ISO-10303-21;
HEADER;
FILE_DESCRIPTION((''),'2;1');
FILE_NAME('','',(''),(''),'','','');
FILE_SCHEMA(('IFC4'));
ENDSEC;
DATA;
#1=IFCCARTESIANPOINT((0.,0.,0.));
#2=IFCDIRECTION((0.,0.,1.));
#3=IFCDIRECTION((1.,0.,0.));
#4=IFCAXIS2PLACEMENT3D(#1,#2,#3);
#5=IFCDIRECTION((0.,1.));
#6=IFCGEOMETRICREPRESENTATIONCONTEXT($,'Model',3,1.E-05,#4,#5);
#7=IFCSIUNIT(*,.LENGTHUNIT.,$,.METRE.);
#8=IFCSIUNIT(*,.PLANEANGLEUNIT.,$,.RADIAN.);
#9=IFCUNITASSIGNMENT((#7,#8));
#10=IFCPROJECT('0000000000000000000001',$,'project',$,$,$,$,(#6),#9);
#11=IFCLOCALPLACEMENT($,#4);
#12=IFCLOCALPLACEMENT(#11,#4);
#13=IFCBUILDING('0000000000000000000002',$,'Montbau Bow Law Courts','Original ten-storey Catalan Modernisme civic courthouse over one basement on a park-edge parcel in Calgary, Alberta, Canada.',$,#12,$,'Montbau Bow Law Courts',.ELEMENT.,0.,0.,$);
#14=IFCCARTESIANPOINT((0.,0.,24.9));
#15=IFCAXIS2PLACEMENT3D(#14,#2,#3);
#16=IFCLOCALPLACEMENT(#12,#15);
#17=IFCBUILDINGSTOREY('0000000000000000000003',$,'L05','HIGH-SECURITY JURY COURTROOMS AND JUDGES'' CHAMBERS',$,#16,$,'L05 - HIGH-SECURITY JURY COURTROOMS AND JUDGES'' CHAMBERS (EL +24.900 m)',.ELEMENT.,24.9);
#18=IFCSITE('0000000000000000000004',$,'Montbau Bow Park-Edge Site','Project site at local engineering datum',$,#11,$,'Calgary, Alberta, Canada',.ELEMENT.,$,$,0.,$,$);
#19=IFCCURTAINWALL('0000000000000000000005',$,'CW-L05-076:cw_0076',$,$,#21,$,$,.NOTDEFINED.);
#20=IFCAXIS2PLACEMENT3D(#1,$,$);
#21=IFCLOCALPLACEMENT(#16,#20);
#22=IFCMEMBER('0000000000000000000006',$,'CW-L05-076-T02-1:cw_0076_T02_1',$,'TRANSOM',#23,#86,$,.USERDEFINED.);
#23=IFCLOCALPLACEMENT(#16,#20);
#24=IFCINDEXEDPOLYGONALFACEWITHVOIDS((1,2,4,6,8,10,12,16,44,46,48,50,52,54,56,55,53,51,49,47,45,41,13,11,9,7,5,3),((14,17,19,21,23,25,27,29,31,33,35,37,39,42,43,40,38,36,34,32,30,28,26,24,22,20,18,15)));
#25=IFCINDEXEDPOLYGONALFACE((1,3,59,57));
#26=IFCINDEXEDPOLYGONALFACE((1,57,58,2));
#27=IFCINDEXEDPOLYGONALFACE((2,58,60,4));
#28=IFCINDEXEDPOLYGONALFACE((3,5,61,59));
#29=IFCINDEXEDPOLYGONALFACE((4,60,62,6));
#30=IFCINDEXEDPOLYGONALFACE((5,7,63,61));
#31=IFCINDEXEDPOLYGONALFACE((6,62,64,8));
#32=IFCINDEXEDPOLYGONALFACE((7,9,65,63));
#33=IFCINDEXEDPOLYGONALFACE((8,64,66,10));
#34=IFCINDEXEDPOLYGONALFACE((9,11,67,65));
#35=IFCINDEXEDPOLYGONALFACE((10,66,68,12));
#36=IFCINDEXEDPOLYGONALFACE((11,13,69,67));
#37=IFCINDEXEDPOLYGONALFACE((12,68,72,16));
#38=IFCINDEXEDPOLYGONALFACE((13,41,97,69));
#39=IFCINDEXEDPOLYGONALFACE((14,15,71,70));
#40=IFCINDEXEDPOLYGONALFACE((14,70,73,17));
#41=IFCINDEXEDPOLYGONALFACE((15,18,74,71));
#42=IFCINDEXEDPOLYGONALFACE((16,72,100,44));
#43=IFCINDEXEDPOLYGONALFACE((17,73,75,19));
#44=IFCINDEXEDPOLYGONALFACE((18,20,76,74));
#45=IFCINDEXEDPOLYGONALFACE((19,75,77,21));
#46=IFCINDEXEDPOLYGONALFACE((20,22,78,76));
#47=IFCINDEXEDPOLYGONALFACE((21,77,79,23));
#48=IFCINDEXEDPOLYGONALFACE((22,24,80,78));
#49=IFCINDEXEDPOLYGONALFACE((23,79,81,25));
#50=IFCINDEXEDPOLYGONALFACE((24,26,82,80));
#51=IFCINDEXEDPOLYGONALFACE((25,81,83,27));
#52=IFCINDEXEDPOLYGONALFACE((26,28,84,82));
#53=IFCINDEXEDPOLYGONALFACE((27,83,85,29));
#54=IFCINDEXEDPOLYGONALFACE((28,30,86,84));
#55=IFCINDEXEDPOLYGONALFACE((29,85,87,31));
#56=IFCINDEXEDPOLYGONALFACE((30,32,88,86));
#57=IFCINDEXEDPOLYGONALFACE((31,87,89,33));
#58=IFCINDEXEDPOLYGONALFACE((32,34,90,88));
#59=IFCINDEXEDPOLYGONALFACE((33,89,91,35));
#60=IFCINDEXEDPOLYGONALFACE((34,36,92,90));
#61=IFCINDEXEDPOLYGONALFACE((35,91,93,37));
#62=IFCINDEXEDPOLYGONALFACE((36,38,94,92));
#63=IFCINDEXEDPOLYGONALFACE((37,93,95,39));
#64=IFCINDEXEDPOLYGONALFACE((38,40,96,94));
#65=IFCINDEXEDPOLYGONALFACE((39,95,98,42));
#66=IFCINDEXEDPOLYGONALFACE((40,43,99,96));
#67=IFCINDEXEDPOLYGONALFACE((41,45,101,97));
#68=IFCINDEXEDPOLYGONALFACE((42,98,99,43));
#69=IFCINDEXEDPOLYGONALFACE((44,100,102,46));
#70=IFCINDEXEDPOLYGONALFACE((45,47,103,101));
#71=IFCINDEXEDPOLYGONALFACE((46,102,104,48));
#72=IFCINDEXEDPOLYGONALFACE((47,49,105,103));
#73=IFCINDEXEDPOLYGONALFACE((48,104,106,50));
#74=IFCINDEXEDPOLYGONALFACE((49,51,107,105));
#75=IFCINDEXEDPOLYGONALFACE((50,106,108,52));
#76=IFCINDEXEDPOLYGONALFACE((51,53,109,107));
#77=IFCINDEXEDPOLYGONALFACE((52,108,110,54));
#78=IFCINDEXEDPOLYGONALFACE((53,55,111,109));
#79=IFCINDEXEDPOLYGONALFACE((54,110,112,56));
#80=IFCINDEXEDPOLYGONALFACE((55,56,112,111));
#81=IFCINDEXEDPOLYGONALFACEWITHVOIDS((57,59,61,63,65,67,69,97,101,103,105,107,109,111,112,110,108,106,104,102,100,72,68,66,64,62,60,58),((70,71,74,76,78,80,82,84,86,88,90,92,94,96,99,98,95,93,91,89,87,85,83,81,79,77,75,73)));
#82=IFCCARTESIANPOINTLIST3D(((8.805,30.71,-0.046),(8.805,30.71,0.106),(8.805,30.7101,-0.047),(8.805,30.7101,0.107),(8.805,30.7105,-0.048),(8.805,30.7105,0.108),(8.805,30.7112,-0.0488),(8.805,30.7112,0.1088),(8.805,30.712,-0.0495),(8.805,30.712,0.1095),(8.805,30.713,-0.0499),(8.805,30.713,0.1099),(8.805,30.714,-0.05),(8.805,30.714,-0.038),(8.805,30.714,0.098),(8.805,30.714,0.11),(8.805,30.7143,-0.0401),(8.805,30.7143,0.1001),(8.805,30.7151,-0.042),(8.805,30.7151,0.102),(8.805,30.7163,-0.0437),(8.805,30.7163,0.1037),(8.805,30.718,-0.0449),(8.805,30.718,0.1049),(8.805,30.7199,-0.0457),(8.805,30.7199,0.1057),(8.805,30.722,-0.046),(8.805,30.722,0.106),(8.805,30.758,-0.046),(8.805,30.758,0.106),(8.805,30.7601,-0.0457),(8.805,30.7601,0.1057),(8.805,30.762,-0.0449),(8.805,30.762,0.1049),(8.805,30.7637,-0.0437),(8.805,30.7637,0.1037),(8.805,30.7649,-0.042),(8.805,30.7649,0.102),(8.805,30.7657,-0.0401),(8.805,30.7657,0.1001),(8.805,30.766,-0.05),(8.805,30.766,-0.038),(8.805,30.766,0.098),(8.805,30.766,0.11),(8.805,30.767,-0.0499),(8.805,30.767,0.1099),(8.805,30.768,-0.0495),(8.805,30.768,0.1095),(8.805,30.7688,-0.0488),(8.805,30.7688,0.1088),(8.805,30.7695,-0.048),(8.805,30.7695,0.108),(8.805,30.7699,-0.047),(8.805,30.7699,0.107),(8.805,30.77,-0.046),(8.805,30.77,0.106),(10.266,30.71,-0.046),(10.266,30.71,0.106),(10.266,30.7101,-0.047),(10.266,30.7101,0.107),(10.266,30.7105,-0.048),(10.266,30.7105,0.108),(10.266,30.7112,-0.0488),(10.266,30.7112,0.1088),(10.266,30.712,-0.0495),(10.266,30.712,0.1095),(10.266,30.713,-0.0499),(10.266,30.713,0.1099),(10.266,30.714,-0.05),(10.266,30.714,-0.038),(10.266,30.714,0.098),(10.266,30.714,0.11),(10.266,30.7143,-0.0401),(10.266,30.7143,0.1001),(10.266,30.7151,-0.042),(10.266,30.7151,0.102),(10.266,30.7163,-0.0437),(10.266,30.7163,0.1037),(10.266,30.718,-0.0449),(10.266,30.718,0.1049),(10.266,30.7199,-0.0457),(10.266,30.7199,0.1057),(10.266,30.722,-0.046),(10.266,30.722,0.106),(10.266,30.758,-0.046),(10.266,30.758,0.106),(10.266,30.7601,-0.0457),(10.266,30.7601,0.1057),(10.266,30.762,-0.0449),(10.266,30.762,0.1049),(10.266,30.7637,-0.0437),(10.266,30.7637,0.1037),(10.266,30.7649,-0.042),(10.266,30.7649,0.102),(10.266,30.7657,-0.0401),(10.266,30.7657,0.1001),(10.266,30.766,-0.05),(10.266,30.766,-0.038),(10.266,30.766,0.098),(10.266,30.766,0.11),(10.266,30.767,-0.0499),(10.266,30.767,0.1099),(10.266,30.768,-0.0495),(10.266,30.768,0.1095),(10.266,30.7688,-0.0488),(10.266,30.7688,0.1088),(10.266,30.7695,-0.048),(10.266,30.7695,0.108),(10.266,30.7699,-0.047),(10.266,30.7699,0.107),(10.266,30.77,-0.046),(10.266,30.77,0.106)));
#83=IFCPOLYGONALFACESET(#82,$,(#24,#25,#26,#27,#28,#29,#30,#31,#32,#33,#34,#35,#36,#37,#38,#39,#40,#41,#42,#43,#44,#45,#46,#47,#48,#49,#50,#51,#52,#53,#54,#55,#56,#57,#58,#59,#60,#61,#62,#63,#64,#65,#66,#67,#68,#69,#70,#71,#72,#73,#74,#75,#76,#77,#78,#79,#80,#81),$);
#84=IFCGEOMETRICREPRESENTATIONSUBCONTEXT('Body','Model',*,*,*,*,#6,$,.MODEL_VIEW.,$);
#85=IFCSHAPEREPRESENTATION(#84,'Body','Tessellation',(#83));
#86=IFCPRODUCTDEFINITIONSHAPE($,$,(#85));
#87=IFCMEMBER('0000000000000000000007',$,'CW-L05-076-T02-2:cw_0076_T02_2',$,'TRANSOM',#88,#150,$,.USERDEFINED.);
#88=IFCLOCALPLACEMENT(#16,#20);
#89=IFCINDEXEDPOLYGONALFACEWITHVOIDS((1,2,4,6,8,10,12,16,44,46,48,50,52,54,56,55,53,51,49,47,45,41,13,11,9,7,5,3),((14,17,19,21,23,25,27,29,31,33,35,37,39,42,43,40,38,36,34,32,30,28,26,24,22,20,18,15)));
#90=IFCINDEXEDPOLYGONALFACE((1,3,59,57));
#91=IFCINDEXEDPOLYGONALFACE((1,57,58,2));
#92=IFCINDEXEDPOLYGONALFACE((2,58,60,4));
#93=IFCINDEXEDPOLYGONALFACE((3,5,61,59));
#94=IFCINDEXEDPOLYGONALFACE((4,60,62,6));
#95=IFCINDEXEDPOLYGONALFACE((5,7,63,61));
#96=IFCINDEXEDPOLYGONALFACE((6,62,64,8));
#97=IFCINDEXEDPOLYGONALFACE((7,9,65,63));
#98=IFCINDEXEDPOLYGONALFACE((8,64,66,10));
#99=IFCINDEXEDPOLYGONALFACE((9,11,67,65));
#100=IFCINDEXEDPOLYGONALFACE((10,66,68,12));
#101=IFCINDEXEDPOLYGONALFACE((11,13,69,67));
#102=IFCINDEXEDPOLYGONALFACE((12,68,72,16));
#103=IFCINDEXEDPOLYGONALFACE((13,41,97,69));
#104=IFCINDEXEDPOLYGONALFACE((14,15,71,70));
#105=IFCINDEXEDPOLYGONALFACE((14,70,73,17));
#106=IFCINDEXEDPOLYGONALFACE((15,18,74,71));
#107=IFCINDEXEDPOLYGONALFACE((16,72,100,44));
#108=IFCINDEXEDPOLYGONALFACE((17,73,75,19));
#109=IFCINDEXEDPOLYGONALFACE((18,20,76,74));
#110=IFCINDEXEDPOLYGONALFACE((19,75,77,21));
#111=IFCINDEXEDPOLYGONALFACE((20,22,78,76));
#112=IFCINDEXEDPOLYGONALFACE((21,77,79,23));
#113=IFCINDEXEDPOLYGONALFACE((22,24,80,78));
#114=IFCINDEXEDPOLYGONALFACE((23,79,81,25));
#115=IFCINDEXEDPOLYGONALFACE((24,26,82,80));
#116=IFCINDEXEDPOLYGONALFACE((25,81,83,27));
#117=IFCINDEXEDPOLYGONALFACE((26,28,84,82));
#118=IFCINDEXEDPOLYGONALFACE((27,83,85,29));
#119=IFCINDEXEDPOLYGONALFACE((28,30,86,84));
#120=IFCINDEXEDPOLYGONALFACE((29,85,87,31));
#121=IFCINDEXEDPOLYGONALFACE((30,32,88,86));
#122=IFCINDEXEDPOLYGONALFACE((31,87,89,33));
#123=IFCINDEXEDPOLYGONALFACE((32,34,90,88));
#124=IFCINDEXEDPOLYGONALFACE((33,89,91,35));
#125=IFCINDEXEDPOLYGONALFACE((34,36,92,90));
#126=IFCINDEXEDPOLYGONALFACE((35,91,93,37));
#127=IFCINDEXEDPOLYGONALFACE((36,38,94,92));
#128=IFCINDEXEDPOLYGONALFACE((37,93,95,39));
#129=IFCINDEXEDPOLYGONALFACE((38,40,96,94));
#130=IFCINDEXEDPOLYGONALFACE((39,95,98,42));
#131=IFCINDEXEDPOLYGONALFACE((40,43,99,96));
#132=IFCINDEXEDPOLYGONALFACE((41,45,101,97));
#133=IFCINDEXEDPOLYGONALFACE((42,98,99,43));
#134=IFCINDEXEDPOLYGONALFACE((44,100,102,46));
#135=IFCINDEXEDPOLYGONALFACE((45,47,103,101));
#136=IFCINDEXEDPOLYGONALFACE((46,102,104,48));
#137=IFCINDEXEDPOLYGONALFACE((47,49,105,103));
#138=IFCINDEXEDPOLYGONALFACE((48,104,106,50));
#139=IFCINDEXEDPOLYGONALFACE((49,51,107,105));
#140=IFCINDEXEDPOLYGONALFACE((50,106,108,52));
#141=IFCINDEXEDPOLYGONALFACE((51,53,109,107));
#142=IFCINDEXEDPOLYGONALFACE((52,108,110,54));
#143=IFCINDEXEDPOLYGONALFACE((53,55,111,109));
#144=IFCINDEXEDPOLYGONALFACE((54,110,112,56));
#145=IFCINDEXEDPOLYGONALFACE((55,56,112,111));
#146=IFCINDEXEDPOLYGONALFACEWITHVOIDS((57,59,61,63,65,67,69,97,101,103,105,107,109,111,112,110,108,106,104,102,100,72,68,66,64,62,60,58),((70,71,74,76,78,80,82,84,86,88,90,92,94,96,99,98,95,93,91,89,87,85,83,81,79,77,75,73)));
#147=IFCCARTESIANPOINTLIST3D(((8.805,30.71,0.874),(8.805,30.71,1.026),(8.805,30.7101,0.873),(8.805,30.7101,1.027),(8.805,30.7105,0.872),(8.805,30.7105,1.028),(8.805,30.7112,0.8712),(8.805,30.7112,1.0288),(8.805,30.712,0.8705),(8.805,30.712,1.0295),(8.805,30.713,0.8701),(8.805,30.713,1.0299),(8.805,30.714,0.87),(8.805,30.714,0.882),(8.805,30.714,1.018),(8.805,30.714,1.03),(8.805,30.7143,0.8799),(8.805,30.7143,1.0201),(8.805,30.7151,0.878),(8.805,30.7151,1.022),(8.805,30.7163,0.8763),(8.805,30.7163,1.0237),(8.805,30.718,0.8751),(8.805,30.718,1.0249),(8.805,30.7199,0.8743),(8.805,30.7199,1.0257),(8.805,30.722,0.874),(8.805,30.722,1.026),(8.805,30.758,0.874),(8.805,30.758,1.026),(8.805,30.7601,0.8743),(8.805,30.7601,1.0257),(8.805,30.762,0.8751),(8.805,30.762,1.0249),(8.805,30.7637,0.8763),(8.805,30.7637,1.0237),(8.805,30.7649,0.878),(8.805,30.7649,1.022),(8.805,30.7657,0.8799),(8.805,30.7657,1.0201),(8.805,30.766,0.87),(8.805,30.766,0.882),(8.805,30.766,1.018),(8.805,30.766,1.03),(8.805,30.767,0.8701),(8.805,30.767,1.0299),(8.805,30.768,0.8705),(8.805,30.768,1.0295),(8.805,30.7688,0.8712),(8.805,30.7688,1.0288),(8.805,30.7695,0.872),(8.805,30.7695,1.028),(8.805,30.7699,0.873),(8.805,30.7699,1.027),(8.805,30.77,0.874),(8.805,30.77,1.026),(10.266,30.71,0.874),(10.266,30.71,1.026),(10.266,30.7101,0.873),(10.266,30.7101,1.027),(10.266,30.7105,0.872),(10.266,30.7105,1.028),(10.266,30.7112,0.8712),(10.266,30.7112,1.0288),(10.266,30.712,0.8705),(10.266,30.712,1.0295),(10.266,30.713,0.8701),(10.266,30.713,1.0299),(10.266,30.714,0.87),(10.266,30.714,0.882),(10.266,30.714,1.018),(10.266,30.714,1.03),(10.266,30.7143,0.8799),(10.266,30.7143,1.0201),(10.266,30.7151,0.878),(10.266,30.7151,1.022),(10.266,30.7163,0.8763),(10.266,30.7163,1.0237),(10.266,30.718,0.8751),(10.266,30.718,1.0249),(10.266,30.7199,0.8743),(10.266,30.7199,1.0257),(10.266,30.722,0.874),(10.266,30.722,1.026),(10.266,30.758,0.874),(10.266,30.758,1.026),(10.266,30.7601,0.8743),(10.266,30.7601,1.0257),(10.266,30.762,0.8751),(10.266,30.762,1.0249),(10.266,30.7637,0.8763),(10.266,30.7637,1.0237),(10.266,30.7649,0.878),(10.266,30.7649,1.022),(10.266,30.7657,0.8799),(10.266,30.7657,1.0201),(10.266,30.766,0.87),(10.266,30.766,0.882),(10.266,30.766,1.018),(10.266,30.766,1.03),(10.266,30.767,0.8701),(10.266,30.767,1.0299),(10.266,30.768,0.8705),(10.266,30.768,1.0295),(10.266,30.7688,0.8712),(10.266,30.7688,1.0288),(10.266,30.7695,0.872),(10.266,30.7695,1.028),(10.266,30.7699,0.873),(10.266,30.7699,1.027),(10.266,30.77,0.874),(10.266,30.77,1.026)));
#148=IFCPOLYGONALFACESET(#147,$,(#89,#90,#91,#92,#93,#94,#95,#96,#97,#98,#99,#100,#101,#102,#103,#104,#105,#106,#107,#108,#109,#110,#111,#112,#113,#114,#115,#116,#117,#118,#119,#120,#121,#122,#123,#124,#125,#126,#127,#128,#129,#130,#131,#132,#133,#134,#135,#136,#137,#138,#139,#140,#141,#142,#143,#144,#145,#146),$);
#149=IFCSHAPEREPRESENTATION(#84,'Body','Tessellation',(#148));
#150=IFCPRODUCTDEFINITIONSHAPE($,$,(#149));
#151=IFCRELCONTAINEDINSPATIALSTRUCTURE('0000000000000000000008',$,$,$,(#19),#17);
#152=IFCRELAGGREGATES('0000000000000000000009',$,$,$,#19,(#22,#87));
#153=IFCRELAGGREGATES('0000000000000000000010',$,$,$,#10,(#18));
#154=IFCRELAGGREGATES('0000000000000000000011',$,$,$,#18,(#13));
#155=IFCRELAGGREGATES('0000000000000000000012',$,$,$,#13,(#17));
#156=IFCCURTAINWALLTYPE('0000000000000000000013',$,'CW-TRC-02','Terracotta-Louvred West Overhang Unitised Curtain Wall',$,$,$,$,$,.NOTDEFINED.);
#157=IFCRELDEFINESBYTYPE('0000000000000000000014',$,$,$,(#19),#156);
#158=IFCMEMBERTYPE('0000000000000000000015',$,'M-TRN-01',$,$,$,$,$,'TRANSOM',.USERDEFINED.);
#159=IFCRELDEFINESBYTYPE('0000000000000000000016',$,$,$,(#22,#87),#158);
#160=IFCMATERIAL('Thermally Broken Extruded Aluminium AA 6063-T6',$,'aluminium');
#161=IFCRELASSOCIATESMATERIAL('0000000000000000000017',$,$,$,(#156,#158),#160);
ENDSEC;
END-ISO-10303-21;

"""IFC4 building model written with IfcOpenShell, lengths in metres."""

from ifc_helpers import new_model, si_unit, direction, frame, origin_with_axes, origin_2d_with_axis, place, context, subcontext, project, spatial, hollow_rectangle, extrude, material, material_profile, profile_set, type_object, element, aggregate, save


model = new_model("IFC4")

# Units and contexts
model_context = context("Model", 3, precision=1e-05, world=origin_with_axes(), true_north=direction((0.0, 1.0)))
body_context = subcontext(model_context, "Body", "Model", "MODEL_VIEW")
ifc_project = project(units=[si_unit("LENGTHUNIT", "METRE"), si_unit("PLANEANGLEUNIT", "RADIAN")], contexts=[model_context])

# Site, building, storey
site_placement = place(None, origin_with_axes())
site = spatial("IfcSite", under=ifc_project, at=site_placement, Name="Montbau Bow Park-Edge Site", Description="Project site at local engineering datum", LongName="Calgary, Alberta, Canada", CompositionType="ELEMENT", RefElevation=0.0)
building_placement = place(site_placement, origin_with_axes())
building = spatial("IfcBuilding", under=site, at=building_placement, Name="Montbau Bow Law Courts", Description="Original ten-storey Catalan Modernisme civic courthouse over one basement on a park-edge parcel in Calgary, Alberta, Canada.", LongName="Montbau Bow Law Courts", CompositionType="ELEMENT", ElevationOfRefHeight=0.0, ElevationOfTerrain=0.0)
storey_placement = place(building_placement, frame((0.0, 0.0, 24.9), z_axis=(0.0, 0.0, 1.0), x_axis=(1.0, 0.0, 0.0)))
storey = spatial("IfcBuildingStorey", under=building, at=storey_placement, Name="L05", Description="HIGH-SECURITY JURY COURTROOMS AND JUDGES' CHAMBERS", LongName="L05 - HIGH-SECURITY JURY COURTROOMS AND JUDGES' CHAMBERS (EL +24.900 m)", CompositionType="ELEMENT", Elevation=24.9)

# Curtain wall, members
ifc_material_1 = material(Name="Thermally Broken Extruded Aluminium AA 6063-T6", Category="aluminium")
curtain_wall_type = type_object("IfcCurtainWallType", Name="CW-TRC-02", Description="Terracotta-Louvred West Overhang Unitised Curtain Wall", PredefinedType="NOTDEFINED", material=ifc_material_1)
curtain_wall_placement = place(None, frame((7.24, 30.74, 24.9), z_axis=(0.0, 0.0, 1.0), x_axis=(1.0, 0.0, 0.0)))
curtain_wall = element("IfcCurtainWall", 1, at=curtain_wall_placement, inside=storey, type_object=curtain_wall_type, Name="CW-L05-076:cw_0076", PredefinedType="NOTDEFINED")
ifc_material_profile_1 = material_profile(ifc_material_1, hollow_rectangle(XDim=0.06, YDim=0.16, WallThickness=0.004, InnerFilletRadius=0.008, OuterFilletRadius=0.004, at=origin_2d_with_axis()), Name="CWT-160X60", Category="Main", Priority=0)
ifc_profile_set_1 = profile_set([ifc_material_profile_1], Name="Thermally Broken Extruded Aluminium AA 6063-T6")
member_type_1 = type_object("IfcMemberType", Name="M-TRN-01", ElementType="TRANSOM", PredefinedType="USERDEFINED", material=ifc_profile_set_1)
member_1_placement = place(None, frame((8.805, 30.74, 24.93), z_axis=(1.0, 0.0, 0.0), x_axis=(0.0, 1.0, 0.0)))
member_1 = element("IfcMember", 2, at=member_1_placement, type_object=member_type_1, Name="CW-L05-076-T02-1:cw_0076_T02_1", ObjectType="TRANSOM", PredefinedType="USERDEFINED", context=body_context, shape_type="SweptSolid", body=[
    extrude(hollow_rectangle(XDim=0.06, YDim=0.16, WallThickness=0.004, InnerFilletRadius=0.008, OuterFilletRadius=0.004, at=origin_2d_with_axis()), origin_with_axes(), (0.0, 0.0, 1.0), 1.461),
])
member_2_placement = place(None, frame((8.805, 30.74, 25.85), z_axis=(1.0, 0.0, 0.0), x_axis=(0.0, 1.0, 0.0)))
member_2 = element("IfcMember", 3, at=member_2_placement, type_object=member_type_1, Name="CW-L05-076-T02-2:cw_0076_T02_2", ObjectType="TRANSOM", PredefinedType="USERDEFINED", context=body_context, shape_type="SweptSolid", body=[
    extrude(hollow_rectangle(XDim=0.06, YDim=0.16, WallThickness=0.004, InnerFilletRadius=0.008, OuterFilletRadius=0.004, at=origin_2d_with_axis()), origin_with_axes(), (0.0, 0.0, 1.0), 1.461),
])
aggregate(curtain_wall, [member_1, member_2])

save(model, "model.ifc")
